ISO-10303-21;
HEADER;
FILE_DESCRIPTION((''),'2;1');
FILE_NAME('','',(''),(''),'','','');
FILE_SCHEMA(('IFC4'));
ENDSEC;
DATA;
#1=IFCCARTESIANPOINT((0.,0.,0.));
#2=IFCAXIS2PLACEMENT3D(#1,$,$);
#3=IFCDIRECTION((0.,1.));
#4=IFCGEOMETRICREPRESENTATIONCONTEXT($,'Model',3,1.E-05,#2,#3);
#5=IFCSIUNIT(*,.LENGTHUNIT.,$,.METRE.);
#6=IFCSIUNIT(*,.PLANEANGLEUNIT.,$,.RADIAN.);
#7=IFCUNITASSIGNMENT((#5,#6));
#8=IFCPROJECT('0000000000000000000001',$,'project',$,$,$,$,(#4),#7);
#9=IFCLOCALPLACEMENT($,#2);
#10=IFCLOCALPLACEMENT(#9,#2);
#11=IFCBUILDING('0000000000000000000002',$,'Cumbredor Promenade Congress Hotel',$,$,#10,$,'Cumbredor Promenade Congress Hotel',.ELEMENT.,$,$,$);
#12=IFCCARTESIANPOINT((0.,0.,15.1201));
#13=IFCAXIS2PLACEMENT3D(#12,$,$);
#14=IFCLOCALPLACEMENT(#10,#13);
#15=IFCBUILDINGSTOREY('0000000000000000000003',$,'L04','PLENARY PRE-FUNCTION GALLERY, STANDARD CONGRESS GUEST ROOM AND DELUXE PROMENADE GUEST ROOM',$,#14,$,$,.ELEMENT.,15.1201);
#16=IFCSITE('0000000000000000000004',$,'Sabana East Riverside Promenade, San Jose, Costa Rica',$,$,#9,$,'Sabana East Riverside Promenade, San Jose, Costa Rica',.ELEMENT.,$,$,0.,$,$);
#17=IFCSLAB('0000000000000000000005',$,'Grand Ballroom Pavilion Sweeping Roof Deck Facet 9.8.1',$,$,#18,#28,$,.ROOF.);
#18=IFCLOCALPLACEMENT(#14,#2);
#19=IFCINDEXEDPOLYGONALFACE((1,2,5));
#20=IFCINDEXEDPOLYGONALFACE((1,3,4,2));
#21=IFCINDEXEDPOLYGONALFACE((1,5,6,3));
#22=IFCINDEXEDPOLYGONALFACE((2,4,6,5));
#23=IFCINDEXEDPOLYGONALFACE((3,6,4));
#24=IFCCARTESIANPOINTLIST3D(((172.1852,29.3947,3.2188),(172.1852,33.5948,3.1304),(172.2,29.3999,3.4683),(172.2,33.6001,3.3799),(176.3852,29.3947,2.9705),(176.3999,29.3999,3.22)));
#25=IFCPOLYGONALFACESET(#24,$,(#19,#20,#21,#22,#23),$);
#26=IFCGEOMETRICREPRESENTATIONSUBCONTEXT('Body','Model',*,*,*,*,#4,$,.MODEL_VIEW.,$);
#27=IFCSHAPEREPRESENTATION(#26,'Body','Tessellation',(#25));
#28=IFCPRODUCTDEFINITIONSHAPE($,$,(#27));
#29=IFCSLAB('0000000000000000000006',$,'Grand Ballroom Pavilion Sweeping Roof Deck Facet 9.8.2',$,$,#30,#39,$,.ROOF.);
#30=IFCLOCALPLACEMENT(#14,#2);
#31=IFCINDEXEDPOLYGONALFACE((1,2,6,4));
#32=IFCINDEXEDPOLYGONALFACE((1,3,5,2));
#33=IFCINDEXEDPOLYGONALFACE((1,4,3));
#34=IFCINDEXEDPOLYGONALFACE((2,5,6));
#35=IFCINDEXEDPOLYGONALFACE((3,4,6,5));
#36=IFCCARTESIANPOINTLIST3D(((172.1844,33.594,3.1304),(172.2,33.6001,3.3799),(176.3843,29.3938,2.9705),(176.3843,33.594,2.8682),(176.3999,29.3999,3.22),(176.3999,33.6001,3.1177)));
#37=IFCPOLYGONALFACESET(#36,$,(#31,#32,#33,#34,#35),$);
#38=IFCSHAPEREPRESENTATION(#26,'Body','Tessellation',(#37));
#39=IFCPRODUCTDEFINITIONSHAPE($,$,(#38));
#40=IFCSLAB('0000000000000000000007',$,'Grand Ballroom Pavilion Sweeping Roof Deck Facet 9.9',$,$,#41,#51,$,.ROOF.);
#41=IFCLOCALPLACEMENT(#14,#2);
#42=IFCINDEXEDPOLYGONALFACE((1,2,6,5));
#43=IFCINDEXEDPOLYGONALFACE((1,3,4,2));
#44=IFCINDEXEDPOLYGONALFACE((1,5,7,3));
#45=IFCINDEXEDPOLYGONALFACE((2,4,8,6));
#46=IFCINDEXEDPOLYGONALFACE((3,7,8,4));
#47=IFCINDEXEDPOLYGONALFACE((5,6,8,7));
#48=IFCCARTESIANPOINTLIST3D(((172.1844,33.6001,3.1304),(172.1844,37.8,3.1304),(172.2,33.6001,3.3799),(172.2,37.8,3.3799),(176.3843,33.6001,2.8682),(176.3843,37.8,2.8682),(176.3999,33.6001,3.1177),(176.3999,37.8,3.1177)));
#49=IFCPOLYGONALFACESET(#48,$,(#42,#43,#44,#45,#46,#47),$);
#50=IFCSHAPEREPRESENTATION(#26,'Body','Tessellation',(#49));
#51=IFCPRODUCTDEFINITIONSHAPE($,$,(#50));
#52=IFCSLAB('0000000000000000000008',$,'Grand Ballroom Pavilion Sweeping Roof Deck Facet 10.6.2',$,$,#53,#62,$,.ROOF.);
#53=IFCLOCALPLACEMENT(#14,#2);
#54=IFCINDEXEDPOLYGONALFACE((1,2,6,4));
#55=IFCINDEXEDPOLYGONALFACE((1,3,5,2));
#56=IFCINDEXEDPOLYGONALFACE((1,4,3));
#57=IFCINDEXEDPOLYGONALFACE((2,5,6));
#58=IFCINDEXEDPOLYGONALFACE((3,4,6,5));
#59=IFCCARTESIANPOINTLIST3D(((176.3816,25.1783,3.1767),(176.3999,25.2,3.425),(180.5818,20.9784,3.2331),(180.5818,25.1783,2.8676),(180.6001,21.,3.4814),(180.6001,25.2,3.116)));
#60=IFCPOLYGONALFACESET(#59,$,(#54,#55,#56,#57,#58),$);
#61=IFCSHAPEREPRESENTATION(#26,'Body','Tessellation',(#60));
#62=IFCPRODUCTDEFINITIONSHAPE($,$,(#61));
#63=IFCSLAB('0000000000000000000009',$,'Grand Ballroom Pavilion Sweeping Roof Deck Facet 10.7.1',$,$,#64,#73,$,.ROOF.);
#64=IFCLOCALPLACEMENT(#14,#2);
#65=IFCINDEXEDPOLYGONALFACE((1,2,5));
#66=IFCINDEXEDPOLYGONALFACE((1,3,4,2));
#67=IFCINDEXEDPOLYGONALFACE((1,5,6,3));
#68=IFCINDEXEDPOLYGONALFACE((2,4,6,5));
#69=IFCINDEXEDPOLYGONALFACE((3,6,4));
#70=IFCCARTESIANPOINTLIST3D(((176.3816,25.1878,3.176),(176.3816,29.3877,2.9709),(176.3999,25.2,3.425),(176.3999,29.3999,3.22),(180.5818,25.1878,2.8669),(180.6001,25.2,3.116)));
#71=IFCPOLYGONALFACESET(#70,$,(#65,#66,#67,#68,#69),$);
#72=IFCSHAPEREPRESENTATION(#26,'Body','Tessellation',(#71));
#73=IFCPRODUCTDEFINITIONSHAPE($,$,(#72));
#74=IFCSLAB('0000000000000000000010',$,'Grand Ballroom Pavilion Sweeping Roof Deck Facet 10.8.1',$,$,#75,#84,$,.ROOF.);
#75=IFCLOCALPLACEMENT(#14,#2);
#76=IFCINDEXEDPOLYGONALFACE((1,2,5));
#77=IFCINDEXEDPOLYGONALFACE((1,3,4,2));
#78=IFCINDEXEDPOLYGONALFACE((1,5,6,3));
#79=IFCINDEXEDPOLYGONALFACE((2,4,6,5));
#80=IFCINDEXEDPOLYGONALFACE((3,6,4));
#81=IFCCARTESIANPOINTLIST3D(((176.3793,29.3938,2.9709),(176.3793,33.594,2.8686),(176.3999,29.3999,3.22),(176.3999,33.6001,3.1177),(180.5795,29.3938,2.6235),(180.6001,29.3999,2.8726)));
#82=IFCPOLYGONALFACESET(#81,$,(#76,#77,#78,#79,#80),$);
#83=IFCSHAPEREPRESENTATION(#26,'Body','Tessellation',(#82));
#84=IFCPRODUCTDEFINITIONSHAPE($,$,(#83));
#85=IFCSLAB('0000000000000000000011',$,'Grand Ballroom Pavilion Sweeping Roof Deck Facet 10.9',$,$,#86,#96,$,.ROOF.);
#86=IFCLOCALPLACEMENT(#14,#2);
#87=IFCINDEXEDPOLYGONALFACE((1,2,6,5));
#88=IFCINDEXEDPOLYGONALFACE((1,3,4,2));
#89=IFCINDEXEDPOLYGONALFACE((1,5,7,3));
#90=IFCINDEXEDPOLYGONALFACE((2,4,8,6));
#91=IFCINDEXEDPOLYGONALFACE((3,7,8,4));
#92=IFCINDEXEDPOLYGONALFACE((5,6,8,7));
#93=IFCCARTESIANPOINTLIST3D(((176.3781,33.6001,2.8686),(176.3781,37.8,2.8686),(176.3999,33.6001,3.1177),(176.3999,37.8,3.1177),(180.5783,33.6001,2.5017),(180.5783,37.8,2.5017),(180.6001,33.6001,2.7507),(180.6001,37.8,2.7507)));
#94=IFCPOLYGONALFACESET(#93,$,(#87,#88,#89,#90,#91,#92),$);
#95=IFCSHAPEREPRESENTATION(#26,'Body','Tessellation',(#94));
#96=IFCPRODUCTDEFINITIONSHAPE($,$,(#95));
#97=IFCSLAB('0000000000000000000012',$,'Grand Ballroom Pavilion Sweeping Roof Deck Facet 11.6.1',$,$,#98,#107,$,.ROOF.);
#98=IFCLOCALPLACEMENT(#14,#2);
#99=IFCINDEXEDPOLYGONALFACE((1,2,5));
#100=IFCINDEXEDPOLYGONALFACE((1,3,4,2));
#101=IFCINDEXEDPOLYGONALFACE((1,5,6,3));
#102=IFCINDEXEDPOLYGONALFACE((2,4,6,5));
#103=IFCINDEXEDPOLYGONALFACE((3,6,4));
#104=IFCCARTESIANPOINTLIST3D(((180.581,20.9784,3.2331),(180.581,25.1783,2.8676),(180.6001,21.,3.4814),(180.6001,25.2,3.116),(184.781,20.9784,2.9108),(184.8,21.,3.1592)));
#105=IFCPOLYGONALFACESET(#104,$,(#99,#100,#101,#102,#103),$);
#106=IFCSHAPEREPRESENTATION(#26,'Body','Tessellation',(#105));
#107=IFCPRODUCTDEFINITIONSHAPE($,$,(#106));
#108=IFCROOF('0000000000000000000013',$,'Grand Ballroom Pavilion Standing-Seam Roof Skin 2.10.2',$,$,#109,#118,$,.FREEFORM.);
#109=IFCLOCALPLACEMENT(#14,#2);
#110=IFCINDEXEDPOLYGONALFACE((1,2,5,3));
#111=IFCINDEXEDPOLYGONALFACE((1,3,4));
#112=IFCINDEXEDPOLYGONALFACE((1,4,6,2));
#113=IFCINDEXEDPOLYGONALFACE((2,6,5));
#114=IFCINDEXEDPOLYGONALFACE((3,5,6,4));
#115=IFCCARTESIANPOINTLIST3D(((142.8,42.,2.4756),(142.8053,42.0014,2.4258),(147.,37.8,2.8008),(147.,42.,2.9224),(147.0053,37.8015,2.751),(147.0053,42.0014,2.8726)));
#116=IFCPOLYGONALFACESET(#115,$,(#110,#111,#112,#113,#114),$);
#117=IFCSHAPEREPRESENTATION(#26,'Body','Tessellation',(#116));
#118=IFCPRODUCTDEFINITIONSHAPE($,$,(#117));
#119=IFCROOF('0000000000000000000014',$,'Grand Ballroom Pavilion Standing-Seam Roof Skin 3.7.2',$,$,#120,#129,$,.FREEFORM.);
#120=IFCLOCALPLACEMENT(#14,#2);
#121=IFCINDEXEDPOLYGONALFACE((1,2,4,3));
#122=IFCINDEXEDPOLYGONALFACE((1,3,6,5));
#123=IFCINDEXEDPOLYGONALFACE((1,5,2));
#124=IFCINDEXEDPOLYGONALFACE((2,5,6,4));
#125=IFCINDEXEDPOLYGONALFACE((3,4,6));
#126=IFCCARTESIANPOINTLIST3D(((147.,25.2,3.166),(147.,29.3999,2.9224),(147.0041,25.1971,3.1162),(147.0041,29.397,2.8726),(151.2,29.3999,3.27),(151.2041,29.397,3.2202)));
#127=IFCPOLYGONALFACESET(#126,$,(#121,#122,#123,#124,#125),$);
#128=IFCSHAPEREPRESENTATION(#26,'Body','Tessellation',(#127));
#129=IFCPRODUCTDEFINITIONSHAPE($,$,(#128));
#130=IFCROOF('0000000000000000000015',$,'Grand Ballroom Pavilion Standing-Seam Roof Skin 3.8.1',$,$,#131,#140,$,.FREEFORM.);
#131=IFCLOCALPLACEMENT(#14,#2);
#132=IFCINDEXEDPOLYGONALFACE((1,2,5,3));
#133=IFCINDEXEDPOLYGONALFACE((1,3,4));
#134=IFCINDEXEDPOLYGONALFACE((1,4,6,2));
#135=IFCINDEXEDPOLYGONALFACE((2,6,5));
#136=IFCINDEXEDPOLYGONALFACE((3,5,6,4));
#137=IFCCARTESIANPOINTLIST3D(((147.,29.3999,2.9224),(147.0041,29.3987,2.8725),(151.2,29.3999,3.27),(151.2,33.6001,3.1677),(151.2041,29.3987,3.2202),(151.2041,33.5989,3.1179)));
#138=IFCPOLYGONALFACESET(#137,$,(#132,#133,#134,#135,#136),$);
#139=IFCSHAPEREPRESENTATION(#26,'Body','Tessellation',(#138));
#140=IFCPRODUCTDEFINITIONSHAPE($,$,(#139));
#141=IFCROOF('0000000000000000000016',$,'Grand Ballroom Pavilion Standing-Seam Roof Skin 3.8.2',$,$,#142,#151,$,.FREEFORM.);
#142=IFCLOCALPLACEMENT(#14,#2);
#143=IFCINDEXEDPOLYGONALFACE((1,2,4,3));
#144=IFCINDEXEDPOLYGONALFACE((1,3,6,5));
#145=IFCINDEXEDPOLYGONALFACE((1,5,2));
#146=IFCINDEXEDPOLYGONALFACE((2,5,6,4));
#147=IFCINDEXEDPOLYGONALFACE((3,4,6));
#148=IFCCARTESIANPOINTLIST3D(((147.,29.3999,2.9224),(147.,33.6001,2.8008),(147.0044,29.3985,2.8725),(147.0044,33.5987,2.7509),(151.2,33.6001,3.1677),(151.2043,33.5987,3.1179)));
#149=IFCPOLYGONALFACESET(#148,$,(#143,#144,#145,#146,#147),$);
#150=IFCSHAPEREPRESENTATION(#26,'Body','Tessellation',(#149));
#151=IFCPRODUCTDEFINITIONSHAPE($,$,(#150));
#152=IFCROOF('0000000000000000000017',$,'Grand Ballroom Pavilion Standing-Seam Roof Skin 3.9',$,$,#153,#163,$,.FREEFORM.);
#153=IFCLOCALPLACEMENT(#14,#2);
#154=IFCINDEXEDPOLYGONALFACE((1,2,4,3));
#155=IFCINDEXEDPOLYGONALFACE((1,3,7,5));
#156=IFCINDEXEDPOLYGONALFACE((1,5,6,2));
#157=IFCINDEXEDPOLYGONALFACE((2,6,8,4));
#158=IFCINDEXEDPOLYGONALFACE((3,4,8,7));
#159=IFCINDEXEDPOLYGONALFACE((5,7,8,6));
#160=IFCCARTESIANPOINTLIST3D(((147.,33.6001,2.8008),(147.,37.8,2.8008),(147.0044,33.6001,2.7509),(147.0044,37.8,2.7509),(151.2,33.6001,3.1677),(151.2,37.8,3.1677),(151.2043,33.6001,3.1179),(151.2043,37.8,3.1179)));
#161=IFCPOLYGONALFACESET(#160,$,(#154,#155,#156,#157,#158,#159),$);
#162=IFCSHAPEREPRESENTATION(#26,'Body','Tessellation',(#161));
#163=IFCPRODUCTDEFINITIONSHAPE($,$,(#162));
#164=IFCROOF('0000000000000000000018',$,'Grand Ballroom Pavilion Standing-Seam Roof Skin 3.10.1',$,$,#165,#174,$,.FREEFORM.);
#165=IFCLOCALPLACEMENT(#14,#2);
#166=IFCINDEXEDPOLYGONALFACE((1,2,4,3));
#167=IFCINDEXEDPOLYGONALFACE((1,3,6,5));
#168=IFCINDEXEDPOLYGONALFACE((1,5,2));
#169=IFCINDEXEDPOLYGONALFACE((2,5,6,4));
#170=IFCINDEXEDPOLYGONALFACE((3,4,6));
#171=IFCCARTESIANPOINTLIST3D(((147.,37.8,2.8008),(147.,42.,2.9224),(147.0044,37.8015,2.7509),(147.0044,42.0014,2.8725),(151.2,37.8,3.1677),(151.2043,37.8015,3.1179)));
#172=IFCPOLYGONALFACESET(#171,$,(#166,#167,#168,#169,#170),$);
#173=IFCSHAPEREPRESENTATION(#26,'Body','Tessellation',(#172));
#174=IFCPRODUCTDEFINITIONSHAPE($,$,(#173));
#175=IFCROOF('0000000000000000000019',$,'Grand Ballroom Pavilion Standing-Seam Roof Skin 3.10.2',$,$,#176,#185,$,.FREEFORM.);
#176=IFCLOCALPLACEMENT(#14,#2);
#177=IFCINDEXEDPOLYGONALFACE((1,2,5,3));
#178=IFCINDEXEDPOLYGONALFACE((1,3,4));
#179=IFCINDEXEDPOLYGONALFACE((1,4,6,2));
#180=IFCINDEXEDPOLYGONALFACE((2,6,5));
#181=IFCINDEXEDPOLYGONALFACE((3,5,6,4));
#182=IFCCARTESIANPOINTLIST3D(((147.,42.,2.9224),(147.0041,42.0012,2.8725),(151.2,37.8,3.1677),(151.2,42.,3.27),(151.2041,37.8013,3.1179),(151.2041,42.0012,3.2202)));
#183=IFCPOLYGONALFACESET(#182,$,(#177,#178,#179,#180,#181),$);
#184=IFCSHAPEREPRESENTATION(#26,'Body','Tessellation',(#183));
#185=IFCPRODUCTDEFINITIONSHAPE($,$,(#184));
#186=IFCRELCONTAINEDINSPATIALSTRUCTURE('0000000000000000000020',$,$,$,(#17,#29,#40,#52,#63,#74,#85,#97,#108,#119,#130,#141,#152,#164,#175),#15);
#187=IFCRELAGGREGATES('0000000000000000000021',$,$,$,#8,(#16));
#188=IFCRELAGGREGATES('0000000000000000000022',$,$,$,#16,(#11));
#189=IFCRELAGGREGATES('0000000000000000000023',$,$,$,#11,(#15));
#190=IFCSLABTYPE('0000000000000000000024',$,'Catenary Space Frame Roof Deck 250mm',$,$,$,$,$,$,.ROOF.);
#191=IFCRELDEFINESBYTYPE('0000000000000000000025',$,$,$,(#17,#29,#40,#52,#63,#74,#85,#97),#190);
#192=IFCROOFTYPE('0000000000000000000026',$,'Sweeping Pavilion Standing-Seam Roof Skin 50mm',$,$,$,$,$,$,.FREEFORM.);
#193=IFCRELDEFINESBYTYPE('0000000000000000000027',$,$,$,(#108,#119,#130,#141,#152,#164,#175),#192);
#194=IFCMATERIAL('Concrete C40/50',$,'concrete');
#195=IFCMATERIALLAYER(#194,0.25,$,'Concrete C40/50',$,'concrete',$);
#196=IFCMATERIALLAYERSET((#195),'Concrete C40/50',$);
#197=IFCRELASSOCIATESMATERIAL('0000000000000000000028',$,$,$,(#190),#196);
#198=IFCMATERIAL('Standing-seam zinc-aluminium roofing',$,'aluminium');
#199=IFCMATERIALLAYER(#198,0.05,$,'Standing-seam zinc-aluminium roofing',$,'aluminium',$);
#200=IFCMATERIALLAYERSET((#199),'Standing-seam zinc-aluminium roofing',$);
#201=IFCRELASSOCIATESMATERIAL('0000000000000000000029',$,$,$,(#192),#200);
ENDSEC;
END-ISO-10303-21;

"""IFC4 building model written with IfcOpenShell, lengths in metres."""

from ifc_helpers import new_model, si_unit, direction, frame, origin, place, context, subcontext, project, spatial, polyline, outline, extrude, material, layer, layer_set, type_object, element, save


model = new_model("IFC4")

# Units and contexts
model_context = context("Model", 3, precision=1e-05, world=origin(), true_north=direction((0.0, 1.0)))
body_context = subcontext(model_context, "Body", "Model", "MODEL_VIEW")
ifc_project = project(units=[si_unit("LENGTHUNIT", "METRE"), si_unit("PLANEANGLEUNIT", "RADIAN")], contexts=[model_context])

# Site, building, storey
site_placement = place(None, origin())
site = spatial("IfcSite", under=ifc_project, at=site_placement, Name="Sabana East Riverside Promenade, San Jose, Costa Rica", LongName="Sabana East Riverside Promenade, San Jose, Costa Rica", CompositionType="ELEMENT", RefElevation=0.0)
building_placement = place(site_placement, origin())
building = spatial("IfcBuilding", under=site, at=building_placement, Name="Cumbredor Promenade Congress Hotel", LongName="Cumbredor Promenade Congress Hotel", CompositionType="ELEMENT")
storey_placement = place(building_placement, frame((0.0, 0.0, 15.1201)))
storey = spatial("IfcBuildingStorey", under=building, at=storey_placement, Name="L04", Description="PLENARY PRE-FUNCTION GALLERY, STANDARD CONGRESS GUEST ROOM AND DELUXE PROMENADE GUEST ROOM", CompositionType="ELEMENT", Elevation=15.1201)

# Slabs
ifc_material_1 = material(Name="Concrete C40/50", Category="concrete")
ifc_layer_1 = layer(ifc_material_1, 0.25, Name="Concrete C40/50", Category="concrete")
ifc_layer_set_1 = layer_set([ifc_layer_1], Name="Concrete C40/50")
slab_type = type_object("IfcSlabType", Name="Catenary Space Frame Roof Deck 250mm", PredefinedType="ROOF", material=ifc_layer_set_1)
slab_1_placement = place(storey_placement, frame((172.2, 29.3999, 3.4683), z_axis=(0.059002, 0.021, 0.998037), x_axis=(0.998257, 0.0, -0.059015)))
element("IfcSlab", 1, at=slab_1_placement, inside=storey, type_object=slab_type, Name="Grand Ballroom Pavilion Sweeping Roof Deck Facet 9.8.1", PredefinedType="ROOF", context=body_context, shape_type="SweptSolid", body=[
    extrude(outline(polyline([(0.0, 0.0), (4.2073, 0.0), (0.0052, 4.2011), (0.0, 0.0)])), origin(), (0.0, 0.0, -1.0), 0.25),
])
slab_2_placement = place(storey_placement, frame((176.3999, 29.3999, 3.22), z_axis=(0.062291, 0.0243, 0.997762), x_axis=(0.0, 0.999704, -0.024348)))
element("IfcSlab", 2, at=slab_2_placement, inside=storey, type_object=slab_type, Name="Grand Ballroom Pavilion Sweeping Roof Deck Facet 9.8.2", PredefinedType="ROOF", context=body_context, shape_type="SweptSolid", body=[
    extrude(outline(polyline([(0.0, 0.0), (4.2014, 0.0), (4.1951, 4.2081), (0.0, 0.0)])), origin(), (0.0, 0.0, -1.0), 0.25),
])
slab_3_placement = place(storey_placement, frame((172.2, 33.6001, 3.3799), z_axis=(0.06231, 0.0, 0.998057), x_axis=(0.998057, 0.0, -0.06231)))
element("IfcSlab", 3, at=slab_3_placement, inside=storey, type_object=slab_type, Name="Grand Ballroom Pavilion Sweeping Roof Deck Facet 9.9", PredefinedType="ROOF", context=body_context, shape_type="SweptSolid", body=[
    extrude(outline(polyline([(0.0, 0.0), (4.2081, 0.0), (4.2081, 4.2), (0.0, 4.2), (0.0, 0.0)])), origin(), (0.0, 0.0, -1.0), 0.25),
])
slab_4_placement = place(storey_placement, frame((180.6001, 21.0, 3.4814), z_axis=(0.073114, 0.08646, 0.993569), x_axis=(0.0, 0.996235, -0.086692)))
element("IfcSlab", 4, at=slab_4_placement, inside=storey, type_object=slab_type, Name="Grand Ballroom Pavilion Sweeping Roof Deck Facet 10.6.2", PredefinedType="ROOF", context=body_context, shape_type="SweptSolid", body=[
    extrude(outline(polyline([(0.0, 0.0), (4.2158, 0.0), (4.189, 4.2115), (0.0, 0.0)])), origin(), (0.0, 0.0, -1.0), 0.25),
])
slab_5_placement = place(storey_placement, frame((176.3999, 25.2, 3.425), z_axis=(0.073302, 0.048639, 0.996123), x_axis=(0.997303, 0.0, -0.073389)))
element("IfcSlab", 5, at=slab_5_placement, inside=storey, type_object=slab_type, Name="Grand Ballroom Pavilion Sweeping Roof Deck Facet 10.7.1", PredefinedType="ROOF", context=body_context, shape_type="SweptSolid", body=[
    extrude(outline(polyline([(0.0, 0.0), (4.2116, 0.0), (0.0151, 4.2049), (0.0, 0.0)])), origin(), (0.0, 0.0, -1.0), 0.25),
])
slab_6_placement = place(storey_placement, frame((176.3999, 29.3999, 3.22), z_axis=(0.082408, 0.024265, 0.996303), x_axis=(0.996597, 0.0, -0.082432)))
element("IfcSlab", 6, at=slab_6_placement, inside=storey, type_object=slab_type, Name="Grand Ballroom Pavilion Sweeping Roof Deck Facet 10.8.1", PredefinedType="ROOF", context=body_context, shape_type="SweptSolid", body=[
    extrude(outline(polyline([(0.0, 0.0), (4.2145, 0.0), (0.0084, 4.2014), (0.0, 0.0)])), origin(), (0.0, 0.0, -1.0), 0.25),
])
slab_7_placement = place(storey_placement, frame((176.3999, 33.6001, 3.1177), z_axis=(0.087032, 0.0, 0.996206), x_axis=(0.996206, 0.0, -0.087032)))
element("IfcSlab", 7, at=slab_7_placement, inside=storey, type_object=slab_type, Name="Grand Ballroom Pavilion Sweeping Roof Deck Facet 10.9", PredefinedType="ROOF", context=body_context, shape_type="SweptSolid", body=[
    extrude(outline(polyline([(0.0, 0.0), (4.2162, 0.0), (4.2162, 4.2), (0.0, 4.2), (0.0, 0.0)])), origin(), (0.0, 0.0, -1.0), 0.25),
])
slab_8_placement = place(storey_placement, frame((180.6001, 21.0, 3.4814), z_axis=(0.07622, 0.08644, 0.993337), x_axis=(0.997069, 0.0, -0.076506)))
element("IfcSlab", 8, at=slab_8_placement, inside=storey, type_object=slab_type, Name="Grand Ballroom Pavilion Sweeping Roof Deck Facet 11.6.1", PredefinedType="ROOF", context=body_context, shape_type="SweptSolid", body=[
    extrude(outline(polyline([(0.0, 0.0), (4.2123, 0.0), (0.028, 4.2157), (0.0, 0.0)])), origin(), (0.0, 0.0, -1.0), 0.25),
])

# Roofs
ifc_material_2 = material(Name="Standing-seam zinc-aluminium roofing", Category="aluminium")
ifc_layer_2 = layer(ifc_material_2, 0.05, Name="Standing-seam zinc-aluminium roofing", Category="aluminium")
ifc_layer_set_2 = layer_set([ifc_layer_2], Name="Standing-seam zinc-aluminium roofing")
roof_type = type_object("IfcRoofType", Name="Sweeping Pavilion Standing-Seam Roof Skin 50mm", PredefinedType="FREEFORM", material=ifc_layer_set_2)
roof_1_placement = place(storey_placement, frame((147.0, 37.8, 2.8008), z_axis=(-0.105736, -0.028774, 0.993978), x_axis=(0.0, 0.999581, 0.028936)))
element("IfcRoof", 9, at=roof_1_placement, inside=storey, type_object=roof_type, Name="Grand Ballroom Pavilion Standing-Seam Roof Skin 2.10.2", PredefinedType="FREEFORM", context=body_context, shape_type="SweptSolid", body=[
    extrude(outline(polyline([(0.0, 0.0), (4.2017, 0.0), (4.1888, 4.2236), (0.0, 0.0)])), origin(), (0.0, 0.0, -1.0), 0.05),
])
roof_2_placement = place(storey_placement, frame((147.0, 25.2, 3.166), z_axis=(-0.082357, 0.057719, 0.99493), x_axis=(0.706998, 0.706998, 0.017507)))
element("IfcRoof", 10, at=roof_2_placement, inside=storey, type_object=roof_type, Name="Grand Ballroom Pavilion Standing-Seam Roof Skin 3.7.2", PredefinedType="FREEFORM", context=body_context, shape_type="SweptSolid", body=[
    extrude(outline(polyline([(0.0, 0.0), (5.9405, 0.0), (2.9651, 2.9845), (0.0, 0.0)])), origin(), (0.0, 0.0, -1.0), 0.05),
])
roof_3_placement = place(storey_placement, frame((147.0, 29.3999, 2.9224), z_axis=(-0.08247, 0.024265, 0.996298), x_axis=(0.996592, 0.0, 0.082494)))
element("IfcRoof", 11, at=roof_3_placement, inside=storey, type_object=roof_type, Name="Grand Ballroom Pavilion Standing-Seam Roof Skin 3.8.1", PredefinedType="FREEFORM", context=body_context, shape_type="SweptSolid", body=[
    extrude(outline(polyline([(0.0, 0.0), (4.2143, 0.0), (4.2059, 4.2014), (0.0, 0.0)])), origin(), (0.0, 0.0, -1.0), 0.05),
])
roof_4_placement = place(storey_placement, frame((147.0, 29.3999, 2.9224), z_axis=(-0.087001, 0.028825, 0.995791), x_axis=(0.706484, 0.706525, 0.041273)))
element("IfcRoof", 12, at=roof_4_placement, inside=storey, type_object=roof_type, Name="Grand Ballroom Pavilion Standing-Seam Roof Skin 3.8.2", PredefinedType="FREEFORM", context=body_context, shape_type="SweptSolid", body=[
    extrude(outline(polyline([(0.0, 0.0), (5.9449, 0.0), (2.9625, 2.9799), (0.0, 0.0)])), origin(), (0.0, 0.0, -1.0), 0.05),
])
roof_5_placement = place(storey_placement, frame((147.0, 33.6001, 2.8008), z_axis=(-0.087037, 0.0, 0.996205), x_axis=(0.996205, 0.0, 0.087037)))
element("IfcRoof", 13, at=roof_5_placement, inside=storey, type_object=roof_type, Name="Grand Ballroom Pavilion Standing-Seam Roof Skin 3.9", PredefinedType="FREEFORM", context=body_context, shape_type="SweptSolid", body=[
    extrude(outline(polyline([(0.0, 0.0), (4.216, 0.0), (4.216, 4.2), (0.0, 4.2), (0.0, 0.0)])), origin(), (0.0, 0.0, -1.0), 0.05),
])
roof_6_placement = place(storey_placement, frame((147.0, 37.8, 2.8008), z_axis=(-0.087001, -0.028827, 0.995791), x_axis=(0.996205, 0.0, 0.087037)))
element("IfcRoof", 14, at=roof_6_placement, inside=storey, type_object=roof_type, Name="Grand Ballroom Pavilion Standing-Seam Roof Skin 3.10.1", PredefinedType="FREEFORM", context=body_context, shape_type="SweptSolid", body=[
    extrude(outline(polyline([(0.0, 0.0), (4.216, 0.0), (0.0106, 4.2017), (0.0, 0.0)])), origin(), (0.0, 0.0, -1.0), 0.05),
])
roof_7_placement = place(storey_placement, frame((151.2, 37.8, 3.1677), z_axis=(-0.08247, -0.024266, 0.996298), x_axis=(0.0, 0.999704, 0.024349)))
element("IfcRoof", 15, at=roof_7_placement, inside=storey, type_object=roof_type, Name="Grand Ballroom Pavilion Standing-Seam Roof Skin 3.10.2", PredefinedType="FREEFORM", context=body_context, shape_type="SweptSolid", body=[
    extrude(outline(polyline([(0.0, 0.0), (4.2012, 0.0), (4.1927, 4.2143), (0.0, 0.0)])), origin(), (0.0, 0.0, -1.0), 0.05),
])

save(model, "model.ifc")
